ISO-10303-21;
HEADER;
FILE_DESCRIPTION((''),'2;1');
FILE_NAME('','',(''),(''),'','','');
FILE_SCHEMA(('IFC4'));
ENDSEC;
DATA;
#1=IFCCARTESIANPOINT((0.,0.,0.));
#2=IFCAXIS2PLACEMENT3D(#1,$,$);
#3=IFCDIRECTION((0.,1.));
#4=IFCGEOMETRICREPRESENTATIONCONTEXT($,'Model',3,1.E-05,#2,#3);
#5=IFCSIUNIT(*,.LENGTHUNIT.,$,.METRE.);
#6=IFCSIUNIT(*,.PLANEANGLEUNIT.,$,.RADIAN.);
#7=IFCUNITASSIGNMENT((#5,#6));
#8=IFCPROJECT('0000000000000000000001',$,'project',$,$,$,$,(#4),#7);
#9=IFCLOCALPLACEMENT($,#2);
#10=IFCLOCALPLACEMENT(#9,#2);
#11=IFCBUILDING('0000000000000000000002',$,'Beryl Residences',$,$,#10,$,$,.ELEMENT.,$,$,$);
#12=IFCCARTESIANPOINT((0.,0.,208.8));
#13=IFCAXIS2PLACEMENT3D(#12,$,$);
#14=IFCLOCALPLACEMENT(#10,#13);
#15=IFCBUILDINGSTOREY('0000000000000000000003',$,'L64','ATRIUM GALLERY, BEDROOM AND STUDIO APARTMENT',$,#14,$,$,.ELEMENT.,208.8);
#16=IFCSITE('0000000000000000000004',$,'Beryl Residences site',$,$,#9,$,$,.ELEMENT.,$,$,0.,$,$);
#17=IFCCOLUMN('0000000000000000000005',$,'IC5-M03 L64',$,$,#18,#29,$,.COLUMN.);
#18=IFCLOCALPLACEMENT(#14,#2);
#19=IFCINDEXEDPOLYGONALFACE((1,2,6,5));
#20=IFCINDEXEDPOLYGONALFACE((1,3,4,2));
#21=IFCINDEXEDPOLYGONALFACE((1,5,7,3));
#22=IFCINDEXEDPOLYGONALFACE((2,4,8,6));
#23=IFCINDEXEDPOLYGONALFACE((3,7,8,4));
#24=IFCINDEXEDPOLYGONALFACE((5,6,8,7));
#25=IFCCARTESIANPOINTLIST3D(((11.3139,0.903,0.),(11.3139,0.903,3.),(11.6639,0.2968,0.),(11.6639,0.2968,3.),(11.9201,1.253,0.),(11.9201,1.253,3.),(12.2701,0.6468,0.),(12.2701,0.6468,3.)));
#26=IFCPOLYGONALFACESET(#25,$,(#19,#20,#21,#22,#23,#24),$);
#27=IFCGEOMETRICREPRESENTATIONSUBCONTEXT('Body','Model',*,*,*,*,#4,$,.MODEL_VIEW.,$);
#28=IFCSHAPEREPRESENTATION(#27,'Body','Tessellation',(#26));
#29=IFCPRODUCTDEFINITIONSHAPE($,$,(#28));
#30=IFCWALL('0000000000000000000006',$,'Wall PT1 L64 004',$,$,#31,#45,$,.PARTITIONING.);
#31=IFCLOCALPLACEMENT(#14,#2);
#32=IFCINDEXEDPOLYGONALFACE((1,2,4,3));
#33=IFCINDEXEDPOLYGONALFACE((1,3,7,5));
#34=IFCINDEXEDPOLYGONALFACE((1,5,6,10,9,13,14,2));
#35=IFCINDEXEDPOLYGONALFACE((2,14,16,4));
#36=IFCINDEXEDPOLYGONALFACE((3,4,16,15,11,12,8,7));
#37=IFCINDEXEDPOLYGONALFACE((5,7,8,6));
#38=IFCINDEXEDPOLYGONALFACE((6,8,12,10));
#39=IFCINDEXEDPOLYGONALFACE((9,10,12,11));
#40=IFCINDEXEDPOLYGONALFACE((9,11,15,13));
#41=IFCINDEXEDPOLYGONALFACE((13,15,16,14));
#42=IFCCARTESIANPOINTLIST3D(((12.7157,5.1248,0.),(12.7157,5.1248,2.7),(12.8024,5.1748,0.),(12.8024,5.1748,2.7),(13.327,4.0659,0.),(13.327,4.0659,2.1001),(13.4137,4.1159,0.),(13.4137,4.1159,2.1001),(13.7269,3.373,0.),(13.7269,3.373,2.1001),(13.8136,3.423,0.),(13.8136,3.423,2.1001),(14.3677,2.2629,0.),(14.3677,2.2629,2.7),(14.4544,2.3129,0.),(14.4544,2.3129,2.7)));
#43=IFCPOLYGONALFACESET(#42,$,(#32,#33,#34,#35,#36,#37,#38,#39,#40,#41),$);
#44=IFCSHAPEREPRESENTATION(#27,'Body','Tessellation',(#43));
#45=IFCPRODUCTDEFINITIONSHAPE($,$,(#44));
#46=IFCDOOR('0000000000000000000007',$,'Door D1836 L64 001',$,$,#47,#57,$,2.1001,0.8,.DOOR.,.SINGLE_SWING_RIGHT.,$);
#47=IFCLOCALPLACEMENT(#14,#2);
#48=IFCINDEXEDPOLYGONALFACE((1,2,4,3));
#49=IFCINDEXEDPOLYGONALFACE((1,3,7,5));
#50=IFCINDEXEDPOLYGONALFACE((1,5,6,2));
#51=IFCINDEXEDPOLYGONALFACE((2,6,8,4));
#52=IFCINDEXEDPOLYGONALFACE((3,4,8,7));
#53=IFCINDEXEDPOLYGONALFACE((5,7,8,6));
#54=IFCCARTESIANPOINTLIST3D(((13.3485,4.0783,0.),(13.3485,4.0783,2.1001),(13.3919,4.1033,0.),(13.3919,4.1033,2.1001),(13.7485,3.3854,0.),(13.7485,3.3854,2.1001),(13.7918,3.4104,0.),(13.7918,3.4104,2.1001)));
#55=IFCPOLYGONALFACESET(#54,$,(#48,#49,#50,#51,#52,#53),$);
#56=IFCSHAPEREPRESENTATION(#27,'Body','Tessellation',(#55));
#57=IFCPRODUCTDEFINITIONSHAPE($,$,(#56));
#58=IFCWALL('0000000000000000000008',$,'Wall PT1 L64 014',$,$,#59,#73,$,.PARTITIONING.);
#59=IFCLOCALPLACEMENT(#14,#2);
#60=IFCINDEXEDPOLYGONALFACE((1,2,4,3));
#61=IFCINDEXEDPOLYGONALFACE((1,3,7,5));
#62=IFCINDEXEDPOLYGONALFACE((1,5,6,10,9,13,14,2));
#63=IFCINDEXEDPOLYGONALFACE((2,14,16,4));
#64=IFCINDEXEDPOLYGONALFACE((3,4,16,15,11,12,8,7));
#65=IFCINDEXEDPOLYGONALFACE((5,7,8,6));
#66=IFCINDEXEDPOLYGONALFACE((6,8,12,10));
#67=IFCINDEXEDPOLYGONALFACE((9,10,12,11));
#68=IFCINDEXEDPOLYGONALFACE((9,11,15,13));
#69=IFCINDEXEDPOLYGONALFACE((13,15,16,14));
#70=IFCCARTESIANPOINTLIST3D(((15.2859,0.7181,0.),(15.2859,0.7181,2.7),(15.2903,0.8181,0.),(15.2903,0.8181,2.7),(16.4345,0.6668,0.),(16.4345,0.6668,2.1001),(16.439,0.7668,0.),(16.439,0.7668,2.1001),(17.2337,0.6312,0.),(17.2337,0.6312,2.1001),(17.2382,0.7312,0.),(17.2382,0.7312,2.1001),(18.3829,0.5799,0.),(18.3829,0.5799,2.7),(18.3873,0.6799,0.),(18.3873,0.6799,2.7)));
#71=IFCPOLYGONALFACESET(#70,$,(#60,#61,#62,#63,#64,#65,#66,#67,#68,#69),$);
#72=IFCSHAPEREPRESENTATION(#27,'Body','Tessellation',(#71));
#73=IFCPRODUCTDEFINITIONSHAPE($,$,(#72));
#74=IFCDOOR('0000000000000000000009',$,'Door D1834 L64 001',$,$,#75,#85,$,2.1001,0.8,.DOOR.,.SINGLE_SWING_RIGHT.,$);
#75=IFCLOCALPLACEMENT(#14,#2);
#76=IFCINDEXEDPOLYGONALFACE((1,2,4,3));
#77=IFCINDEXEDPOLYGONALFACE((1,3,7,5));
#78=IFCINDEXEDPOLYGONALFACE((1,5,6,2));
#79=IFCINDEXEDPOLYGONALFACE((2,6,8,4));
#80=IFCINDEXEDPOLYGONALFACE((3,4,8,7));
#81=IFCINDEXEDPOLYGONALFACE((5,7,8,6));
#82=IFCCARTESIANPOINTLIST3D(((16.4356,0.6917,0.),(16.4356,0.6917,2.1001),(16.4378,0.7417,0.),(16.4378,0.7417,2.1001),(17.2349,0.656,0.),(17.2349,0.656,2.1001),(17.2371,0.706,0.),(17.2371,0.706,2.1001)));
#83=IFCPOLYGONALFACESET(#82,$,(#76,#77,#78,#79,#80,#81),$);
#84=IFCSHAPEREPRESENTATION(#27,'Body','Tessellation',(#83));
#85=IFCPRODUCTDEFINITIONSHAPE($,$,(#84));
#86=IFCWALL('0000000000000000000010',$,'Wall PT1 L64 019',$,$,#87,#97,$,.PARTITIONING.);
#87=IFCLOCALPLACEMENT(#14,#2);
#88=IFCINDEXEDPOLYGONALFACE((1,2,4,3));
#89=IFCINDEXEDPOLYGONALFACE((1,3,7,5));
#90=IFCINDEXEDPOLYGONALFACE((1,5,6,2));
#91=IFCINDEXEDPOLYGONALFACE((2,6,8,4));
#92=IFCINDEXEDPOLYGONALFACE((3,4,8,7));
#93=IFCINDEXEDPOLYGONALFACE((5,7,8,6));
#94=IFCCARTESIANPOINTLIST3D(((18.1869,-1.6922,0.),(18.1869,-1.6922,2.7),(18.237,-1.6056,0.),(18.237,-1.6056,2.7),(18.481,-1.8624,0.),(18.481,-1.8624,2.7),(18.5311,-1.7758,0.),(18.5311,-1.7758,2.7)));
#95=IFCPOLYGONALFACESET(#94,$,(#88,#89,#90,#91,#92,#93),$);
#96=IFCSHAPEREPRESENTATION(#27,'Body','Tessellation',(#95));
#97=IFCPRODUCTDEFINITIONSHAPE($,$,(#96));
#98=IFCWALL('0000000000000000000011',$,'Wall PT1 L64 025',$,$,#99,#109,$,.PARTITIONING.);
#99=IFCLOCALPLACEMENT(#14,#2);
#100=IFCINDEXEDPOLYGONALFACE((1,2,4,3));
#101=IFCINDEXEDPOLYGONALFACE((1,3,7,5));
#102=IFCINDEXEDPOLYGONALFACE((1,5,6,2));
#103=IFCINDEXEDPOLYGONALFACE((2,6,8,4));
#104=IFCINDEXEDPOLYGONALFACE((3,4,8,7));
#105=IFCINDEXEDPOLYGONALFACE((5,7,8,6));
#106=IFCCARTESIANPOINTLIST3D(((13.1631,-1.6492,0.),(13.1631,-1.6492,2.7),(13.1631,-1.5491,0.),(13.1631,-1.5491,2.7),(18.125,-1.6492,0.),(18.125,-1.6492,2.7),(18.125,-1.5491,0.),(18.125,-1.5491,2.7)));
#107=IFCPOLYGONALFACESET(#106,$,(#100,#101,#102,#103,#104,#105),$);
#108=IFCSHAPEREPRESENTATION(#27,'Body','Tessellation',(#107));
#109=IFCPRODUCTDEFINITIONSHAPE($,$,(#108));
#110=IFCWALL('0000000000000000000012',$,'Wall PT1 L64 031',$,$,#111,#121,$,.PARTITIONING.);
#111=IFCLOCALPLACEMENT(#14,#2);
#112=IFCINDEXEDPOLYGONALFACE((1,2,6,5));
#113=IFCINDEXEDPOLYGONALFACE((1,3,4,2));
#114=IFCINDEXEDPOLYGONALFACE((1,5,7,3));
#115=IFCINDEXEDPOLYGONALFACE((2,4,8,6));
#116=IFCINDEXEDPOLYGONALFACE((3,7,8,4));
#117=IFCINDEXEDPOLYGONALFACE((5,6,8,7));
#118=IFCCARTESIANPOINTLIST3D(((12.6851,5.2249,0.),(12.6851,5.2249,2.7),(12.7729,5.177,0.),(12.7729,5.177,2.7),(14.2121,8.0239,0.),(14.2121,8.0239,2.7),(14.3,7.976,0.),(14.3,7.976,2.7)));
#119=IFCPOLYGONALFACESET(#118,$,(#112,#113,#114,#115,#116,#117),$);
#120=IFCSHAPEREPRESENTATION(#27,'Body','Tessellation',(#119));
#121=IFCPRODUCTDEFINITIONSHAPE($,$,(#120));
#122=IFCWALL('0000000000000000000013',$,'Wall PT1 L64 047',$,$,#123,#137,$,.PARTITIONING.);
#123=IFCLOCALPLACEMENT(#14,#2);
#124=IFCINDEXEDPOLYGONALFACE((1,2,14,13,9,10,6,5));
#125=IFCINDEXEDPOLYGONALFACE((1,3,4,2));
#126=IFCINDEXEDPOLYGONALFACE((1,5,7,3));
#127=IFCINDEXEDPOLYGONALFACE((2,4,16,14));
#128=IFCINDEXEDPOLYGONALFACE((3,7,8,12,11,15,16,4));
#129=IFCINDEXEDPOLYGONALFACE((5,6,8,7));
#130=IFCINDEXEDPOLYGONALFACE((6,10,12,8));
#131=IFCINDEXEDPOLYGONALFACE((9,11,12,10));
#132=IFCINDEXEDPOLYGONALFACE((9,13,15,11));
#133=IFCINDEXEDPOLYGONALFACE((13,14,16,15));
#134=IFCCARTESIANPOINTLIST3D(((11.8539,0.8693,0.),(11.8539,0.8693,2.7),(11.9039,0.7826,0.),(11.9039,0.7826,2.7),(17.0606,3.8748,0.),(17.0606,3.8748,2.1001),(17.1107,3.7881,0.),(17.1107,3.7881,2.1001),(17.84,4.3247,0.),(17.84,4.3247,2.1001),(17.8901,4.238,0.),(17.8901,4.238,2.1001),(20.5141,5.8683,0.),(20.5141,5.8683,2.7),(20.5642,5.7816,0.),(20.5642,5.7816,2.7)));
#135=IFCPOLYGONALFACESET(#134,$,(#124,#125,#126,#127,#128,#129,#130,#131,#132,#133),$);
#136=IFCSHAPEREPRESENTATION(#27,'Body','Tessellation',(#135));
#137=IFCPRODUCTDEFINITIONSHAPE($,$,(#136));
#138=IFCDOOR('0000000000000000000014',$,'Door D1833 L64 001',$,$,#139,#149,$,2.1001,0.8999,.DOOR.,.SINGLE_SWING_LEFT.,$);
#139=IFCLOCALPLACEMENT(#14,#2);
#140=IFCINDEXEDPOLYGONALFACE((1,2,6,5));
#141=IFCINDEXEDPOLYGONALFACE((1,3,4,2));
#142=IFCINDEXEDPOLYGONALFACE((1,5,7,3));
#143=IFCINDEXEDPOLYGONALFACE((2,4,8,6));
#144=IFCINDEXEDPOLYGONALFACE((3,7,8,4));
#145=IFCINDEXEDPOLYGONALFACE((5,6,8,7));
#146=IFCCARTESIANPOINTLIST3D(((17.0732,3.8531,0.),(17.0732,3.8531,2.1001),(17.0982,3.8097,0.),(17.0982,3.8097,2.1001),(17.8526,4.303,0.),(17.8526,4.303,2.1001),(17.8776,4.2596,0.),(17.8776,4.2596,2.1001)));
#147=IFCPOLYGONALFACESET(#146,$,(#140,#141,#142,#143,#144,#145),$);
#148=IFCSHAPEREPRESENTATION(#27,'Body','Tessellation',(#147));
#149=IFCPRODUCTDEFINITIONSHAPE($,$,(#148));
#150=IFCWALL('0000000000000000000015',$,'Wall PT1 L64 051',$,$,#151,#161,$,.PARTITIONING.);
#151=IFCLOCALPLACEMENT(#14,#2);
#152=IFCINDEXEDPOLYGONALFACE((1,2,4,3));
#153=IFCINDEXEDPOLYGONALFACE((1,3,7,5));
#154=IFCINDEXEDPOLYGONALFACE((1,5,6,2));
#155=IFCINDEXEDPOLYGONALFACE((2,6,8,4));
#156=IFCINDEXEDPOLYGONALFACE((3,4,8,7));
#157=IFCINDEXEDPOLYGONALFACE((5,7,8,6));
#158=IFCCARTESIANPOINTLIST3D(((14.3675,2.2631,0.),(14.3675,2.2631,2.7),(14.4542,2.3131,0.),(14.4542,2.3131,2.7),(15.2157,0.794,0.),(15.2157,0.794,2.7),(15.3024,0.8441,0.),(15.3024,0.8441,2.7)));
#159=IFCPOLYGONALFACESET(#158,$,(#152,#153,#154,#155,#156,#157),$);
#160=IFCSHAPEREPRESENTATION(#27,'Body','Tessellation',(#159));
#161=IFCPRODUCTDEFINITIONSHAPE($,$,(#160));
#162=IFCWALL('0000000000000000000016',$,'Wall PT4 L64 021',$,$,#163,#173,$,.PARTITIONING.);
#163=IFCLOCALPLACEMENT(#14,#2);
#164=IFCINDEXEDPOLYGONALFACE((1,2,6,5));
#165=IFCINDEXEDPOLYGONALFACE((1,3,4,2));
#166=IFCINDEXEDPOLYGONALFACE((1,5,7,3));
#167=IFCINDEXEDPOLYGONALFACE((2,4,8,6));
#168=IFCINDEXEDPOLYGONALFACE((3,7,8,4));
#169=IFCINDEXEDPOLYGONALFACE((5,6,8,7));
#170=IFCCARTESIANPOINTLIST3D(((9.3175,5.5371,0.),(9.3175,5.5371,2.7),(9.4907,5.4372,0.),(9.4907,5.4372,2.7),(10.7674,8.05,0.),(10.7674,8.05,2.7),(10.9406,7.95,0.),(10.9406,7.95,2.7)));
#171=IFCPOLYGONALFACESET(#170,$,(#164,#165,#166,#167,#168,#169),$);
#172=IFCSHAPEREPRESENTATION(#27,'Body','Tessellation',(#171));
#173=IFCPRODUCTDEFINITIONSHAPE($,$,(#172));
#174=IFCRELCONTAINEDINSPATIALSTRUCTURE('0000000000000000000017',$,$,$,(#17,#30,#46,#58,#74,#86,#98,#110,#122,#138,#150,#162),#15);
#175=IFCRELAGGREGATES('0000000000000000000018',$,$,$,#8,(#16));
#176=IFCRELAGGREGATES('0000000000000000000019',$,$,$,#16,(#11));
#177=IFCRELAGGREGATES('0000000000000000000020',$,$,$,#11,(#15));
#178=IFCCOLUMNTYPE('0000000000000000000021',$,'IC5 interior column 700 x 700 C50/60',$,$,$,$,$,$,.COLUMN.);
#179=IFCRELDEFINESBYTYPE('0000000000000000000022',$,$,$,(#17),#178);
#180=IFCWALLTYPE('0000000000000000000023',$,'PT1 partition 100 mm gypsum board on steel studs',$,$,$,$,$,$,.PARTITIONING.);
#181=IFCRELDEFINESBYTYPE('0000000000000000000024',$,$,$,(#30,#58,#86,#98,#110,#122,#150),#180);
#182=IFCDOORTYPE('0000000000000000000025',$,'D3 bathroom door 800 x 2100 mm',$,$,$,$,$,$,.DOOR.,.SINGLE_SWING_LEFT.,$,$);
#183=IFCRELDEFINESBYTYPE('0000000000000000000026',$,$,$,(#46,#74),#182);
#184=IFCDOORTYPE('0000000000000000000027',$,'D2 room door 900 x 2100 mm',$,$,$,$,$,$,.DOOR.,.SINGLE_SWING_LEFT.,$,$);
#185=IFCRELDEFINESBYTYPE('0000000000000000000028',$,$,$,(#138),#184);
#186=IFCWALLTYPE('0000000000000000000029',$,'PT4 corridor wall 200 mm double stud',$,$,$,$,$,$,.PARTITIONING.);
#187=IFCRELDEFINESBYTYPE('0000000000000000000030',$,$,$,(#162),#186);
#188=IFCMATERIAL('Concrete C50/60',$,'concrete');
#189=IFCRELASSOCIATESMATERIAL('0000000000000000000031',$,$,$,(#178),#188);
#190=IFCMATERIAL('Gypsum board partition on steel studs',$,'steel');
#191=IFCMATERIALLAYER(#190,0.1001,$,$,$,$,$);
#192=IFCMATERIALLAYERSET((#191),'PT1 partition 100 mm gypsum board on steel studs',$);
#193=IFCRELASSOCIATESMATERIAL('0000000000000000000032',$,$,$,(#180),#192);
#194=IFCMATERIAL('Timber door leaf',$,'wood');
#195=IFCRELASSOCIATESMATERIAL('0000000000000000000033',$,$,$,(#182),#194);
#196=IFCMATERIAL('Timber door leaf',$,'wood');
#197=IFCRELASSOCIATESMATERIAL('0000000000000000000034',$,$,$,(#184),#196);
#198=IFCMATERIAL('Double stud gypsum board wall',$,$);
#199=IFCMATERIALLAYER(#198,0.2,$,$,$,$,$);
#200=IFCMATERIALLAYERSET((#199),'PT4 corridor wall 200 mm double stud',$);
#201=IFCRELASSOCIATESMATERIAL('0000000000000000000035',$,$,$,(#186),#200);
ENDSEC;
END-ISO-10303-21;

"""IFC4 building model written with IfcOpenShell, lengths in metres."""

from ifc_helpers import new_model, si_unit, direction, frame, frame_2d, origin, origin_2d, place, context, subcontext, project, spatial, rectangle, extrude, material, layer, layer_set, material_profile, profile_set, type_object, element, fill, save


model = new_model("IFC4")

# Units and contexts
model_context = context("Model", 3, precision=1e-05, world=origin(), true_north=direction((0.0, 1.0)))
body_context = subcontext(model_context, "Body", "Model", "MODEL_VIEW")
ifc_project = project(units=[si_unit("LENGTHUNIT", "METRE"), si_unit("PLANEANGLEUNIT", "RADIAN")], contexts=[model_context])

# Site, building, storey
site_placement = place(None, origin())
site = spatial("IfcSite", under=ifc_project, at=site_placement, Name="Beryl Residences site", CompositionType="ELEMENT", RefElevation=0.0)
building_placement = place(site_placement, origin())
building = spatial("IfcBuilding", under=site, at=building_placement, Name="Beryl Residences", CompositionType="ELEMENT")
storey_placement = place(building_placement, frame((0.0, 0.0, 208.8)))
storey = spatial("IfcBuildingStorey", under=building, at=storey_placement, Name="L64", Description="ATRIUM GALLERY, BEDROOM AND STUDIO APARTMENT", CompositionType="ELEMENT", Elevation=208.8)

# Column
ifc_material_1 = material(Name="Concrete C50/60", Category="concrete")
ifc_material_profile = material_profile(ifc_material_1, rectangle(XDim=0.7, YDim=0.7, at=origin_2d()))
ifc_profile_set = profile_set([ifc_material_profile], Name="Concrete C50/60")
column_type = type_object("IfcColumnType", Name="IC5 interior column 700 x 700 C50/60", PredefinedType="COLUMN", material=ifc_profile_set)
column_placement = place(storey_placement, frame((11.792, 0.7749, 0.0), z_axis=(0.0, 0.0, 1.0), x_axis=(-0.49997, 0.866043, 0.0)))
element("IfcColumn", 1, at=column_placement, inside=storey, type_object=column_type, Name="IC5-M03 L64", PredefinedType="COLUMN", context=body_context, shape_type="SweptSolid", body=[
    extrude(rectangle(XDim=0.7, YDim=0.7, at=origin_2d()), origin(), (0.0, 0.0, 1.0), 3.0),
])

# Walls, openings, doors
ifc_material_2 = material(Name="Gypsum board partition on steel studs", Category="steel")
ifc_layer_1 = layer(ifc_material_2, 0.1001)
ifc_layer_set_1 = layer_set([ifc_layer_1], Name="PT1 partition 100 mm gypsum board on steel studs")
wall_type_1 = type_object("IfcWallType", Name="PT1 partition 100 mm gypsum board on steel studs", PredefinedType="PARTITIONING", material=ifc_layer_set_1)
wall_1_placement = place(storey_placement, frame((12.759, 5.1499, 0.0), z_axis=(0.0, 0.0, 1.0), x_axis=(0.499906, -0.86608, 0.0)))
wall_1 = element("IfcWall", 2, at=wall_1_placement, inside=storey, type_object=wall_type_1, Name="Wall PT1 L64 004", PredefinedType="PARTITIONING", context=body_context, shape_type="SweptSolid", body=[
    extrude(rectangle(XDim=3.3044, YDim=0.1001, at=frame_2d((1.6523, 0.0))), origin(), (0.0, 0.0, 1.0), 2.7),
])
opening_1_placement = place(wall_1_placement, frame((1.2229, 0.0, 0.0)))
opening_1 = element("IfcOpeningElement", 3, at=opening_1_placement, cuts=wall_1, PredefinedType="OPENING", context=body_context, shape_type="SweptSolid", body=[
    extrude(rectangle(XDim=0.8, YDim=2.1001, at=frame_2d((0.3999, 1.05))), frame((0.0, 0.0601, 0.0), z_axis=(0.0, -1.0, 0.0), x_axis=(1.0, 0.0, 0.0)), (0.0, 0.0, 1.0), 0.1201),
])
ifc_material_3 = material(Name="Timber door leaf", Category="wood")
door_type_1 = type_object("IfcDoorType", Name="D3 bathroom door 800 x 2100 mm", OperationType="SINGLE_SWING_LEFT", PredefinedType="DOOR", material=ifc_material_3)
door_1_placement = place(opening_1_placement, origin())
door_1 = element("IfcDoor", 4, at=door_1_placement, inside=storey, type_object=door_type_1, Name="Door D1836 L64 001", OperationType="SINGLE_SWING_RIGHT", OverallHeight=2.1001, OverallWidth=0.8, PredefinedType="DOOR", context=body_context, shape_type="SweptSolid", body=[
    extrude(rectangle(XDim=0.8, YDim=2.1001, at=frame_2d((0.3999, 1.05))), frame((0.0, 0.0249, 0.0), z_axis=(0.0, -1.0, 0.0), x_axis=(1.0, 0.0, 0.0)), (0.0, 0.0, 1.0), 0.05),
])
fill(opening_1, door_1)
wall_2_placement = place(storey_placement, frame((15.2881, 0.7681, 0.0), z_axis=(0.0, 0.0, 1.0), x_axis=(0.999006, -0.044575, 0.0)))
wall_2 = element("IfcWall", 5, at=wall_2_placement, inside=storey, type_object=wall_type_1, Name="Wall PT1 L64 014", PredefinedType="PARTITIONING", context=body_context, shape_type="SweptSolid", body=[
    extrude(rectangle(XDim=3.1001, YDim=0.1001, at=frame_2d((1.55, 0.0))), origin(), (0.0, 0.0, 1.0), 2.7),
])
opening_2_placement = place(wall_2_placement, frame((1.1499, 0.0, 0.0)))
opening_2 = element("IfcOpeningElement", 6, at=opening_2_placement, cuts=wall_2, PredefinedType="OPENING", context=body_context, shape_type="SweptSolid", body=[
    extrude(rectangle(XDim=0.8, YDim=2.1001, at=frame_2d((0.3999, 1.05))), frame((0.0, 0.0601, 0.0), z_axis=(0.0, -1.0, 0.0), x_axis=(1.0, 0.0, 0.0)), (0.0, 0.0, 1.0), 0.1201),
])
door_2_placement = place(opening_2_placement, origin())
door_2 = element("IfcDoor", 7, at=door_2_placement, inside=storey, type_object=door_type_1, Name="Door D1834 L64 001", OperationType="SINGLE_SWING_RIGHT", OverallHeight=2.1001, OverallWidth=0.8, PredefinedType="DOOR", context=body_context, shape_type="SweptSolid", body=[
    extrude(rectangle(XDim=0.8, YDim=2.1001, at=frame_2d((0.3999, 1.05))), frame((0.0, 0.0249, 0.0), z_axis=(0.0, -1.0, 0.0), x_axis=(1.0, 0.0, 0.0)), (0.0, 0.0, 1.0), 0.05),
])
fill(opening_2, door_2)

# Walls
wall_3_placement = place(storey_placement, frame((18.2119, -1.6489, 0.0), z_axis=(0.0, 0.0, 1.0), x_axis=(0.865623, -0.500696, 0.0)))
element("IfcWall", 8, at=wall_3_placement, inside=storey, type_object=wall_type_1, Name="Wall PT1 L64 019", PredefinedType="PARTITIONING", context=body_context, shape_type="SweptSolid", body=[
    extrude(rectangle(XDim=0.3398, YDim=0.1001, at=frame_2d((0.1699, 0.0))), origin(), (0.0, 0.0, 1.0), 2.7),
])
wall_4_placement = place(storey_placement, frame((13.1631, -1.5991, 0.0), z_axis=(0.0, 0.0, 1.0), x_axis=(1.0, 0.0, 0.0)))
element("IfcWall", 9, at=wall_4_placement, inside=storey, type_object=wall_type_1, Name="Wall PT1 L64 025", PredefinedType="PARTITIONING", context=body_context, shape_type="SweptSolid", body=[
    extrude(rectangle(XDim=4.9619, YDim=0.1001, at=frame_2d((2.481, 0.0))), origin(), (0.0, 0.0, 1.0), 2.7),
])
wall_5_placement = place(storey_placement, frame((12.729, 5.2009, 0.0), z_axis=(0.0, 0.0, 1.0), x_axis=(0.478933, 0.877852, 0.0)))
element("IfcWall", 10, at=wall_5_placement, inside=storey, type_object=wall_type_1, Name="Wall PT1 L64 031", PredefinedType="PARTITIONING", context=body_context, shape_type="SweptSolid", body=[
    extrude(rectangle(XDim=3.1885, YDim=0.1001, at=frame_2d((1.5942, 0.0))), origin(), (0.0, 0.0, 1.0), 2.7),
])

# Wall, opening, door
wall_6_placement = place(storey_placement, frame((11.8789, 0.8259, 0.0), z_axis=(0.0, 0.0, 1.0), x_axis=(0.866065, 0.499931, 0.0)))
wall_6 = element("IfcWall", 11, at=wall_6_placement, inside=storey, type_object=wall_type_1, Name="Wall PT1 L64 047", PredefinedType="PARTITIONING", context=body_context, shape_type="SweptSolid", body=[
    extrude(rectangle(XDim=9.9995, YDim=0.1001, at=frame_2d((4.9998, 0.0))), origin(), (0.0, 0.0, 1.0), 2.7),
])
opening_3_placement = place(wall_6_placement, frame((6.012, 0.0, 0.0)))
opening_3 = element("IfcOpeningElement", 12, at=opening_3_placement, cuts=wall_6, PredefinedType="OPENING", context=body_context, shape_type="SweptSolid", body=[
    extrude(rectangle(XDim=0.8999, YDim=2.1001, at=frame_2d((0.45, 1.05))), frame((0.0, 0.0601, 0.0), z_axis=(0.0, -1.0, 0.0), x_axis=(1.0, 0.0, 0.0)), (0.0, 0.0, 1.0), 0.1201),
])
ifc_material_4 = material(Name="Timber door leaf", Category="wood")
door_type_2 = type_object("IfcDoorType", Name="D2 room door 900 x 2100 mm", OperationType="SINGLE_SWING_LEFT", PredefinedType="DOOR", material=ifc_material_4)
door_3_placement = place(opening_3_placement, origin())
door_3 = element("IfcDoor", 13, at=door_3_placement, inside=storey, type_object=door_type_2, Name="Door D1833 L64 001", OperationType="SINGLE_SWING_LEFT", OverallHeight=2.1001, OverallWidth=0.8999, PredefinedType="DOOR", context=body_context, shape_type="SweptSolid", body=[
    extrude(rectangle(XDim=0.8999, YDim=2.1001, at=frame_2d((0.45, 1.05))), frame((0.0, 0.0249, 0.0), z_axis=(0.0, -1.0, 0.0), x_axis=(1.0, 0.0, 0.0)), (0.0, 0.0, 1.0), 0.05),
])
fill(opening_3, door_3)

# Walls
wall_7_placement = place(storey_placement, frame((14.4109, 2.2881, 0.0), z_axis=(0.0, 0.0, 1.0), x_axis=(0.500009, -0.86602, 0.0)))
element("IfcWall", 14, at=wall_7_placement, inside=storey, type_object=wall_type_1, Name="Wall PT1 L64 051", PredefinedType="PARTITIONING", context=body_context, shape_type="SweptSolid", body=[
    extrude(rectangle(XDim=1.6963, YDim=0.1001, at=frame_2d((0.8481, 0.0))), origin(), (0.0, 0.0, 1.0), 2.7),
])
ifc_material_5 = material(Name="Double stud gypsum board wall")
ifc_layer_2 = layer(ifc_material_5, 0.2)
ifc_layer_set_2 = layer_set([ifc_layer_2], Name="PT4 corridor wall 200 mm double stud")
wall_type_2 = type_object("IfcWallType", Name="PT4 corridor wall 200 mm double stud", PredefinedType="PARTITIONING", material=ifc_layer_set_2)
wall_8_placement = place(storey_placement, frame((9.4041, 5.4871, 0.0), z_axis=(0.0, 0.0, 1.0), x_axis=(0.499769, 0.866159, 0.0)))
element("IfcWall", 15, at=wall_8_placement, inside=storey, type_object=wall_type_2, Name="Wall PT4 L64 021", PredefinedType="PARTITIONING", context=body_context, shape_type="SweptSolid", body=[
    extrude(rectangle(XDim=2.9011, YDim=0.2, at=frame_2d((1.4507, 0.0))), origin(), (0.0, 0.0, 1.0), 2.7),
])

save(model, "model.ifc")
